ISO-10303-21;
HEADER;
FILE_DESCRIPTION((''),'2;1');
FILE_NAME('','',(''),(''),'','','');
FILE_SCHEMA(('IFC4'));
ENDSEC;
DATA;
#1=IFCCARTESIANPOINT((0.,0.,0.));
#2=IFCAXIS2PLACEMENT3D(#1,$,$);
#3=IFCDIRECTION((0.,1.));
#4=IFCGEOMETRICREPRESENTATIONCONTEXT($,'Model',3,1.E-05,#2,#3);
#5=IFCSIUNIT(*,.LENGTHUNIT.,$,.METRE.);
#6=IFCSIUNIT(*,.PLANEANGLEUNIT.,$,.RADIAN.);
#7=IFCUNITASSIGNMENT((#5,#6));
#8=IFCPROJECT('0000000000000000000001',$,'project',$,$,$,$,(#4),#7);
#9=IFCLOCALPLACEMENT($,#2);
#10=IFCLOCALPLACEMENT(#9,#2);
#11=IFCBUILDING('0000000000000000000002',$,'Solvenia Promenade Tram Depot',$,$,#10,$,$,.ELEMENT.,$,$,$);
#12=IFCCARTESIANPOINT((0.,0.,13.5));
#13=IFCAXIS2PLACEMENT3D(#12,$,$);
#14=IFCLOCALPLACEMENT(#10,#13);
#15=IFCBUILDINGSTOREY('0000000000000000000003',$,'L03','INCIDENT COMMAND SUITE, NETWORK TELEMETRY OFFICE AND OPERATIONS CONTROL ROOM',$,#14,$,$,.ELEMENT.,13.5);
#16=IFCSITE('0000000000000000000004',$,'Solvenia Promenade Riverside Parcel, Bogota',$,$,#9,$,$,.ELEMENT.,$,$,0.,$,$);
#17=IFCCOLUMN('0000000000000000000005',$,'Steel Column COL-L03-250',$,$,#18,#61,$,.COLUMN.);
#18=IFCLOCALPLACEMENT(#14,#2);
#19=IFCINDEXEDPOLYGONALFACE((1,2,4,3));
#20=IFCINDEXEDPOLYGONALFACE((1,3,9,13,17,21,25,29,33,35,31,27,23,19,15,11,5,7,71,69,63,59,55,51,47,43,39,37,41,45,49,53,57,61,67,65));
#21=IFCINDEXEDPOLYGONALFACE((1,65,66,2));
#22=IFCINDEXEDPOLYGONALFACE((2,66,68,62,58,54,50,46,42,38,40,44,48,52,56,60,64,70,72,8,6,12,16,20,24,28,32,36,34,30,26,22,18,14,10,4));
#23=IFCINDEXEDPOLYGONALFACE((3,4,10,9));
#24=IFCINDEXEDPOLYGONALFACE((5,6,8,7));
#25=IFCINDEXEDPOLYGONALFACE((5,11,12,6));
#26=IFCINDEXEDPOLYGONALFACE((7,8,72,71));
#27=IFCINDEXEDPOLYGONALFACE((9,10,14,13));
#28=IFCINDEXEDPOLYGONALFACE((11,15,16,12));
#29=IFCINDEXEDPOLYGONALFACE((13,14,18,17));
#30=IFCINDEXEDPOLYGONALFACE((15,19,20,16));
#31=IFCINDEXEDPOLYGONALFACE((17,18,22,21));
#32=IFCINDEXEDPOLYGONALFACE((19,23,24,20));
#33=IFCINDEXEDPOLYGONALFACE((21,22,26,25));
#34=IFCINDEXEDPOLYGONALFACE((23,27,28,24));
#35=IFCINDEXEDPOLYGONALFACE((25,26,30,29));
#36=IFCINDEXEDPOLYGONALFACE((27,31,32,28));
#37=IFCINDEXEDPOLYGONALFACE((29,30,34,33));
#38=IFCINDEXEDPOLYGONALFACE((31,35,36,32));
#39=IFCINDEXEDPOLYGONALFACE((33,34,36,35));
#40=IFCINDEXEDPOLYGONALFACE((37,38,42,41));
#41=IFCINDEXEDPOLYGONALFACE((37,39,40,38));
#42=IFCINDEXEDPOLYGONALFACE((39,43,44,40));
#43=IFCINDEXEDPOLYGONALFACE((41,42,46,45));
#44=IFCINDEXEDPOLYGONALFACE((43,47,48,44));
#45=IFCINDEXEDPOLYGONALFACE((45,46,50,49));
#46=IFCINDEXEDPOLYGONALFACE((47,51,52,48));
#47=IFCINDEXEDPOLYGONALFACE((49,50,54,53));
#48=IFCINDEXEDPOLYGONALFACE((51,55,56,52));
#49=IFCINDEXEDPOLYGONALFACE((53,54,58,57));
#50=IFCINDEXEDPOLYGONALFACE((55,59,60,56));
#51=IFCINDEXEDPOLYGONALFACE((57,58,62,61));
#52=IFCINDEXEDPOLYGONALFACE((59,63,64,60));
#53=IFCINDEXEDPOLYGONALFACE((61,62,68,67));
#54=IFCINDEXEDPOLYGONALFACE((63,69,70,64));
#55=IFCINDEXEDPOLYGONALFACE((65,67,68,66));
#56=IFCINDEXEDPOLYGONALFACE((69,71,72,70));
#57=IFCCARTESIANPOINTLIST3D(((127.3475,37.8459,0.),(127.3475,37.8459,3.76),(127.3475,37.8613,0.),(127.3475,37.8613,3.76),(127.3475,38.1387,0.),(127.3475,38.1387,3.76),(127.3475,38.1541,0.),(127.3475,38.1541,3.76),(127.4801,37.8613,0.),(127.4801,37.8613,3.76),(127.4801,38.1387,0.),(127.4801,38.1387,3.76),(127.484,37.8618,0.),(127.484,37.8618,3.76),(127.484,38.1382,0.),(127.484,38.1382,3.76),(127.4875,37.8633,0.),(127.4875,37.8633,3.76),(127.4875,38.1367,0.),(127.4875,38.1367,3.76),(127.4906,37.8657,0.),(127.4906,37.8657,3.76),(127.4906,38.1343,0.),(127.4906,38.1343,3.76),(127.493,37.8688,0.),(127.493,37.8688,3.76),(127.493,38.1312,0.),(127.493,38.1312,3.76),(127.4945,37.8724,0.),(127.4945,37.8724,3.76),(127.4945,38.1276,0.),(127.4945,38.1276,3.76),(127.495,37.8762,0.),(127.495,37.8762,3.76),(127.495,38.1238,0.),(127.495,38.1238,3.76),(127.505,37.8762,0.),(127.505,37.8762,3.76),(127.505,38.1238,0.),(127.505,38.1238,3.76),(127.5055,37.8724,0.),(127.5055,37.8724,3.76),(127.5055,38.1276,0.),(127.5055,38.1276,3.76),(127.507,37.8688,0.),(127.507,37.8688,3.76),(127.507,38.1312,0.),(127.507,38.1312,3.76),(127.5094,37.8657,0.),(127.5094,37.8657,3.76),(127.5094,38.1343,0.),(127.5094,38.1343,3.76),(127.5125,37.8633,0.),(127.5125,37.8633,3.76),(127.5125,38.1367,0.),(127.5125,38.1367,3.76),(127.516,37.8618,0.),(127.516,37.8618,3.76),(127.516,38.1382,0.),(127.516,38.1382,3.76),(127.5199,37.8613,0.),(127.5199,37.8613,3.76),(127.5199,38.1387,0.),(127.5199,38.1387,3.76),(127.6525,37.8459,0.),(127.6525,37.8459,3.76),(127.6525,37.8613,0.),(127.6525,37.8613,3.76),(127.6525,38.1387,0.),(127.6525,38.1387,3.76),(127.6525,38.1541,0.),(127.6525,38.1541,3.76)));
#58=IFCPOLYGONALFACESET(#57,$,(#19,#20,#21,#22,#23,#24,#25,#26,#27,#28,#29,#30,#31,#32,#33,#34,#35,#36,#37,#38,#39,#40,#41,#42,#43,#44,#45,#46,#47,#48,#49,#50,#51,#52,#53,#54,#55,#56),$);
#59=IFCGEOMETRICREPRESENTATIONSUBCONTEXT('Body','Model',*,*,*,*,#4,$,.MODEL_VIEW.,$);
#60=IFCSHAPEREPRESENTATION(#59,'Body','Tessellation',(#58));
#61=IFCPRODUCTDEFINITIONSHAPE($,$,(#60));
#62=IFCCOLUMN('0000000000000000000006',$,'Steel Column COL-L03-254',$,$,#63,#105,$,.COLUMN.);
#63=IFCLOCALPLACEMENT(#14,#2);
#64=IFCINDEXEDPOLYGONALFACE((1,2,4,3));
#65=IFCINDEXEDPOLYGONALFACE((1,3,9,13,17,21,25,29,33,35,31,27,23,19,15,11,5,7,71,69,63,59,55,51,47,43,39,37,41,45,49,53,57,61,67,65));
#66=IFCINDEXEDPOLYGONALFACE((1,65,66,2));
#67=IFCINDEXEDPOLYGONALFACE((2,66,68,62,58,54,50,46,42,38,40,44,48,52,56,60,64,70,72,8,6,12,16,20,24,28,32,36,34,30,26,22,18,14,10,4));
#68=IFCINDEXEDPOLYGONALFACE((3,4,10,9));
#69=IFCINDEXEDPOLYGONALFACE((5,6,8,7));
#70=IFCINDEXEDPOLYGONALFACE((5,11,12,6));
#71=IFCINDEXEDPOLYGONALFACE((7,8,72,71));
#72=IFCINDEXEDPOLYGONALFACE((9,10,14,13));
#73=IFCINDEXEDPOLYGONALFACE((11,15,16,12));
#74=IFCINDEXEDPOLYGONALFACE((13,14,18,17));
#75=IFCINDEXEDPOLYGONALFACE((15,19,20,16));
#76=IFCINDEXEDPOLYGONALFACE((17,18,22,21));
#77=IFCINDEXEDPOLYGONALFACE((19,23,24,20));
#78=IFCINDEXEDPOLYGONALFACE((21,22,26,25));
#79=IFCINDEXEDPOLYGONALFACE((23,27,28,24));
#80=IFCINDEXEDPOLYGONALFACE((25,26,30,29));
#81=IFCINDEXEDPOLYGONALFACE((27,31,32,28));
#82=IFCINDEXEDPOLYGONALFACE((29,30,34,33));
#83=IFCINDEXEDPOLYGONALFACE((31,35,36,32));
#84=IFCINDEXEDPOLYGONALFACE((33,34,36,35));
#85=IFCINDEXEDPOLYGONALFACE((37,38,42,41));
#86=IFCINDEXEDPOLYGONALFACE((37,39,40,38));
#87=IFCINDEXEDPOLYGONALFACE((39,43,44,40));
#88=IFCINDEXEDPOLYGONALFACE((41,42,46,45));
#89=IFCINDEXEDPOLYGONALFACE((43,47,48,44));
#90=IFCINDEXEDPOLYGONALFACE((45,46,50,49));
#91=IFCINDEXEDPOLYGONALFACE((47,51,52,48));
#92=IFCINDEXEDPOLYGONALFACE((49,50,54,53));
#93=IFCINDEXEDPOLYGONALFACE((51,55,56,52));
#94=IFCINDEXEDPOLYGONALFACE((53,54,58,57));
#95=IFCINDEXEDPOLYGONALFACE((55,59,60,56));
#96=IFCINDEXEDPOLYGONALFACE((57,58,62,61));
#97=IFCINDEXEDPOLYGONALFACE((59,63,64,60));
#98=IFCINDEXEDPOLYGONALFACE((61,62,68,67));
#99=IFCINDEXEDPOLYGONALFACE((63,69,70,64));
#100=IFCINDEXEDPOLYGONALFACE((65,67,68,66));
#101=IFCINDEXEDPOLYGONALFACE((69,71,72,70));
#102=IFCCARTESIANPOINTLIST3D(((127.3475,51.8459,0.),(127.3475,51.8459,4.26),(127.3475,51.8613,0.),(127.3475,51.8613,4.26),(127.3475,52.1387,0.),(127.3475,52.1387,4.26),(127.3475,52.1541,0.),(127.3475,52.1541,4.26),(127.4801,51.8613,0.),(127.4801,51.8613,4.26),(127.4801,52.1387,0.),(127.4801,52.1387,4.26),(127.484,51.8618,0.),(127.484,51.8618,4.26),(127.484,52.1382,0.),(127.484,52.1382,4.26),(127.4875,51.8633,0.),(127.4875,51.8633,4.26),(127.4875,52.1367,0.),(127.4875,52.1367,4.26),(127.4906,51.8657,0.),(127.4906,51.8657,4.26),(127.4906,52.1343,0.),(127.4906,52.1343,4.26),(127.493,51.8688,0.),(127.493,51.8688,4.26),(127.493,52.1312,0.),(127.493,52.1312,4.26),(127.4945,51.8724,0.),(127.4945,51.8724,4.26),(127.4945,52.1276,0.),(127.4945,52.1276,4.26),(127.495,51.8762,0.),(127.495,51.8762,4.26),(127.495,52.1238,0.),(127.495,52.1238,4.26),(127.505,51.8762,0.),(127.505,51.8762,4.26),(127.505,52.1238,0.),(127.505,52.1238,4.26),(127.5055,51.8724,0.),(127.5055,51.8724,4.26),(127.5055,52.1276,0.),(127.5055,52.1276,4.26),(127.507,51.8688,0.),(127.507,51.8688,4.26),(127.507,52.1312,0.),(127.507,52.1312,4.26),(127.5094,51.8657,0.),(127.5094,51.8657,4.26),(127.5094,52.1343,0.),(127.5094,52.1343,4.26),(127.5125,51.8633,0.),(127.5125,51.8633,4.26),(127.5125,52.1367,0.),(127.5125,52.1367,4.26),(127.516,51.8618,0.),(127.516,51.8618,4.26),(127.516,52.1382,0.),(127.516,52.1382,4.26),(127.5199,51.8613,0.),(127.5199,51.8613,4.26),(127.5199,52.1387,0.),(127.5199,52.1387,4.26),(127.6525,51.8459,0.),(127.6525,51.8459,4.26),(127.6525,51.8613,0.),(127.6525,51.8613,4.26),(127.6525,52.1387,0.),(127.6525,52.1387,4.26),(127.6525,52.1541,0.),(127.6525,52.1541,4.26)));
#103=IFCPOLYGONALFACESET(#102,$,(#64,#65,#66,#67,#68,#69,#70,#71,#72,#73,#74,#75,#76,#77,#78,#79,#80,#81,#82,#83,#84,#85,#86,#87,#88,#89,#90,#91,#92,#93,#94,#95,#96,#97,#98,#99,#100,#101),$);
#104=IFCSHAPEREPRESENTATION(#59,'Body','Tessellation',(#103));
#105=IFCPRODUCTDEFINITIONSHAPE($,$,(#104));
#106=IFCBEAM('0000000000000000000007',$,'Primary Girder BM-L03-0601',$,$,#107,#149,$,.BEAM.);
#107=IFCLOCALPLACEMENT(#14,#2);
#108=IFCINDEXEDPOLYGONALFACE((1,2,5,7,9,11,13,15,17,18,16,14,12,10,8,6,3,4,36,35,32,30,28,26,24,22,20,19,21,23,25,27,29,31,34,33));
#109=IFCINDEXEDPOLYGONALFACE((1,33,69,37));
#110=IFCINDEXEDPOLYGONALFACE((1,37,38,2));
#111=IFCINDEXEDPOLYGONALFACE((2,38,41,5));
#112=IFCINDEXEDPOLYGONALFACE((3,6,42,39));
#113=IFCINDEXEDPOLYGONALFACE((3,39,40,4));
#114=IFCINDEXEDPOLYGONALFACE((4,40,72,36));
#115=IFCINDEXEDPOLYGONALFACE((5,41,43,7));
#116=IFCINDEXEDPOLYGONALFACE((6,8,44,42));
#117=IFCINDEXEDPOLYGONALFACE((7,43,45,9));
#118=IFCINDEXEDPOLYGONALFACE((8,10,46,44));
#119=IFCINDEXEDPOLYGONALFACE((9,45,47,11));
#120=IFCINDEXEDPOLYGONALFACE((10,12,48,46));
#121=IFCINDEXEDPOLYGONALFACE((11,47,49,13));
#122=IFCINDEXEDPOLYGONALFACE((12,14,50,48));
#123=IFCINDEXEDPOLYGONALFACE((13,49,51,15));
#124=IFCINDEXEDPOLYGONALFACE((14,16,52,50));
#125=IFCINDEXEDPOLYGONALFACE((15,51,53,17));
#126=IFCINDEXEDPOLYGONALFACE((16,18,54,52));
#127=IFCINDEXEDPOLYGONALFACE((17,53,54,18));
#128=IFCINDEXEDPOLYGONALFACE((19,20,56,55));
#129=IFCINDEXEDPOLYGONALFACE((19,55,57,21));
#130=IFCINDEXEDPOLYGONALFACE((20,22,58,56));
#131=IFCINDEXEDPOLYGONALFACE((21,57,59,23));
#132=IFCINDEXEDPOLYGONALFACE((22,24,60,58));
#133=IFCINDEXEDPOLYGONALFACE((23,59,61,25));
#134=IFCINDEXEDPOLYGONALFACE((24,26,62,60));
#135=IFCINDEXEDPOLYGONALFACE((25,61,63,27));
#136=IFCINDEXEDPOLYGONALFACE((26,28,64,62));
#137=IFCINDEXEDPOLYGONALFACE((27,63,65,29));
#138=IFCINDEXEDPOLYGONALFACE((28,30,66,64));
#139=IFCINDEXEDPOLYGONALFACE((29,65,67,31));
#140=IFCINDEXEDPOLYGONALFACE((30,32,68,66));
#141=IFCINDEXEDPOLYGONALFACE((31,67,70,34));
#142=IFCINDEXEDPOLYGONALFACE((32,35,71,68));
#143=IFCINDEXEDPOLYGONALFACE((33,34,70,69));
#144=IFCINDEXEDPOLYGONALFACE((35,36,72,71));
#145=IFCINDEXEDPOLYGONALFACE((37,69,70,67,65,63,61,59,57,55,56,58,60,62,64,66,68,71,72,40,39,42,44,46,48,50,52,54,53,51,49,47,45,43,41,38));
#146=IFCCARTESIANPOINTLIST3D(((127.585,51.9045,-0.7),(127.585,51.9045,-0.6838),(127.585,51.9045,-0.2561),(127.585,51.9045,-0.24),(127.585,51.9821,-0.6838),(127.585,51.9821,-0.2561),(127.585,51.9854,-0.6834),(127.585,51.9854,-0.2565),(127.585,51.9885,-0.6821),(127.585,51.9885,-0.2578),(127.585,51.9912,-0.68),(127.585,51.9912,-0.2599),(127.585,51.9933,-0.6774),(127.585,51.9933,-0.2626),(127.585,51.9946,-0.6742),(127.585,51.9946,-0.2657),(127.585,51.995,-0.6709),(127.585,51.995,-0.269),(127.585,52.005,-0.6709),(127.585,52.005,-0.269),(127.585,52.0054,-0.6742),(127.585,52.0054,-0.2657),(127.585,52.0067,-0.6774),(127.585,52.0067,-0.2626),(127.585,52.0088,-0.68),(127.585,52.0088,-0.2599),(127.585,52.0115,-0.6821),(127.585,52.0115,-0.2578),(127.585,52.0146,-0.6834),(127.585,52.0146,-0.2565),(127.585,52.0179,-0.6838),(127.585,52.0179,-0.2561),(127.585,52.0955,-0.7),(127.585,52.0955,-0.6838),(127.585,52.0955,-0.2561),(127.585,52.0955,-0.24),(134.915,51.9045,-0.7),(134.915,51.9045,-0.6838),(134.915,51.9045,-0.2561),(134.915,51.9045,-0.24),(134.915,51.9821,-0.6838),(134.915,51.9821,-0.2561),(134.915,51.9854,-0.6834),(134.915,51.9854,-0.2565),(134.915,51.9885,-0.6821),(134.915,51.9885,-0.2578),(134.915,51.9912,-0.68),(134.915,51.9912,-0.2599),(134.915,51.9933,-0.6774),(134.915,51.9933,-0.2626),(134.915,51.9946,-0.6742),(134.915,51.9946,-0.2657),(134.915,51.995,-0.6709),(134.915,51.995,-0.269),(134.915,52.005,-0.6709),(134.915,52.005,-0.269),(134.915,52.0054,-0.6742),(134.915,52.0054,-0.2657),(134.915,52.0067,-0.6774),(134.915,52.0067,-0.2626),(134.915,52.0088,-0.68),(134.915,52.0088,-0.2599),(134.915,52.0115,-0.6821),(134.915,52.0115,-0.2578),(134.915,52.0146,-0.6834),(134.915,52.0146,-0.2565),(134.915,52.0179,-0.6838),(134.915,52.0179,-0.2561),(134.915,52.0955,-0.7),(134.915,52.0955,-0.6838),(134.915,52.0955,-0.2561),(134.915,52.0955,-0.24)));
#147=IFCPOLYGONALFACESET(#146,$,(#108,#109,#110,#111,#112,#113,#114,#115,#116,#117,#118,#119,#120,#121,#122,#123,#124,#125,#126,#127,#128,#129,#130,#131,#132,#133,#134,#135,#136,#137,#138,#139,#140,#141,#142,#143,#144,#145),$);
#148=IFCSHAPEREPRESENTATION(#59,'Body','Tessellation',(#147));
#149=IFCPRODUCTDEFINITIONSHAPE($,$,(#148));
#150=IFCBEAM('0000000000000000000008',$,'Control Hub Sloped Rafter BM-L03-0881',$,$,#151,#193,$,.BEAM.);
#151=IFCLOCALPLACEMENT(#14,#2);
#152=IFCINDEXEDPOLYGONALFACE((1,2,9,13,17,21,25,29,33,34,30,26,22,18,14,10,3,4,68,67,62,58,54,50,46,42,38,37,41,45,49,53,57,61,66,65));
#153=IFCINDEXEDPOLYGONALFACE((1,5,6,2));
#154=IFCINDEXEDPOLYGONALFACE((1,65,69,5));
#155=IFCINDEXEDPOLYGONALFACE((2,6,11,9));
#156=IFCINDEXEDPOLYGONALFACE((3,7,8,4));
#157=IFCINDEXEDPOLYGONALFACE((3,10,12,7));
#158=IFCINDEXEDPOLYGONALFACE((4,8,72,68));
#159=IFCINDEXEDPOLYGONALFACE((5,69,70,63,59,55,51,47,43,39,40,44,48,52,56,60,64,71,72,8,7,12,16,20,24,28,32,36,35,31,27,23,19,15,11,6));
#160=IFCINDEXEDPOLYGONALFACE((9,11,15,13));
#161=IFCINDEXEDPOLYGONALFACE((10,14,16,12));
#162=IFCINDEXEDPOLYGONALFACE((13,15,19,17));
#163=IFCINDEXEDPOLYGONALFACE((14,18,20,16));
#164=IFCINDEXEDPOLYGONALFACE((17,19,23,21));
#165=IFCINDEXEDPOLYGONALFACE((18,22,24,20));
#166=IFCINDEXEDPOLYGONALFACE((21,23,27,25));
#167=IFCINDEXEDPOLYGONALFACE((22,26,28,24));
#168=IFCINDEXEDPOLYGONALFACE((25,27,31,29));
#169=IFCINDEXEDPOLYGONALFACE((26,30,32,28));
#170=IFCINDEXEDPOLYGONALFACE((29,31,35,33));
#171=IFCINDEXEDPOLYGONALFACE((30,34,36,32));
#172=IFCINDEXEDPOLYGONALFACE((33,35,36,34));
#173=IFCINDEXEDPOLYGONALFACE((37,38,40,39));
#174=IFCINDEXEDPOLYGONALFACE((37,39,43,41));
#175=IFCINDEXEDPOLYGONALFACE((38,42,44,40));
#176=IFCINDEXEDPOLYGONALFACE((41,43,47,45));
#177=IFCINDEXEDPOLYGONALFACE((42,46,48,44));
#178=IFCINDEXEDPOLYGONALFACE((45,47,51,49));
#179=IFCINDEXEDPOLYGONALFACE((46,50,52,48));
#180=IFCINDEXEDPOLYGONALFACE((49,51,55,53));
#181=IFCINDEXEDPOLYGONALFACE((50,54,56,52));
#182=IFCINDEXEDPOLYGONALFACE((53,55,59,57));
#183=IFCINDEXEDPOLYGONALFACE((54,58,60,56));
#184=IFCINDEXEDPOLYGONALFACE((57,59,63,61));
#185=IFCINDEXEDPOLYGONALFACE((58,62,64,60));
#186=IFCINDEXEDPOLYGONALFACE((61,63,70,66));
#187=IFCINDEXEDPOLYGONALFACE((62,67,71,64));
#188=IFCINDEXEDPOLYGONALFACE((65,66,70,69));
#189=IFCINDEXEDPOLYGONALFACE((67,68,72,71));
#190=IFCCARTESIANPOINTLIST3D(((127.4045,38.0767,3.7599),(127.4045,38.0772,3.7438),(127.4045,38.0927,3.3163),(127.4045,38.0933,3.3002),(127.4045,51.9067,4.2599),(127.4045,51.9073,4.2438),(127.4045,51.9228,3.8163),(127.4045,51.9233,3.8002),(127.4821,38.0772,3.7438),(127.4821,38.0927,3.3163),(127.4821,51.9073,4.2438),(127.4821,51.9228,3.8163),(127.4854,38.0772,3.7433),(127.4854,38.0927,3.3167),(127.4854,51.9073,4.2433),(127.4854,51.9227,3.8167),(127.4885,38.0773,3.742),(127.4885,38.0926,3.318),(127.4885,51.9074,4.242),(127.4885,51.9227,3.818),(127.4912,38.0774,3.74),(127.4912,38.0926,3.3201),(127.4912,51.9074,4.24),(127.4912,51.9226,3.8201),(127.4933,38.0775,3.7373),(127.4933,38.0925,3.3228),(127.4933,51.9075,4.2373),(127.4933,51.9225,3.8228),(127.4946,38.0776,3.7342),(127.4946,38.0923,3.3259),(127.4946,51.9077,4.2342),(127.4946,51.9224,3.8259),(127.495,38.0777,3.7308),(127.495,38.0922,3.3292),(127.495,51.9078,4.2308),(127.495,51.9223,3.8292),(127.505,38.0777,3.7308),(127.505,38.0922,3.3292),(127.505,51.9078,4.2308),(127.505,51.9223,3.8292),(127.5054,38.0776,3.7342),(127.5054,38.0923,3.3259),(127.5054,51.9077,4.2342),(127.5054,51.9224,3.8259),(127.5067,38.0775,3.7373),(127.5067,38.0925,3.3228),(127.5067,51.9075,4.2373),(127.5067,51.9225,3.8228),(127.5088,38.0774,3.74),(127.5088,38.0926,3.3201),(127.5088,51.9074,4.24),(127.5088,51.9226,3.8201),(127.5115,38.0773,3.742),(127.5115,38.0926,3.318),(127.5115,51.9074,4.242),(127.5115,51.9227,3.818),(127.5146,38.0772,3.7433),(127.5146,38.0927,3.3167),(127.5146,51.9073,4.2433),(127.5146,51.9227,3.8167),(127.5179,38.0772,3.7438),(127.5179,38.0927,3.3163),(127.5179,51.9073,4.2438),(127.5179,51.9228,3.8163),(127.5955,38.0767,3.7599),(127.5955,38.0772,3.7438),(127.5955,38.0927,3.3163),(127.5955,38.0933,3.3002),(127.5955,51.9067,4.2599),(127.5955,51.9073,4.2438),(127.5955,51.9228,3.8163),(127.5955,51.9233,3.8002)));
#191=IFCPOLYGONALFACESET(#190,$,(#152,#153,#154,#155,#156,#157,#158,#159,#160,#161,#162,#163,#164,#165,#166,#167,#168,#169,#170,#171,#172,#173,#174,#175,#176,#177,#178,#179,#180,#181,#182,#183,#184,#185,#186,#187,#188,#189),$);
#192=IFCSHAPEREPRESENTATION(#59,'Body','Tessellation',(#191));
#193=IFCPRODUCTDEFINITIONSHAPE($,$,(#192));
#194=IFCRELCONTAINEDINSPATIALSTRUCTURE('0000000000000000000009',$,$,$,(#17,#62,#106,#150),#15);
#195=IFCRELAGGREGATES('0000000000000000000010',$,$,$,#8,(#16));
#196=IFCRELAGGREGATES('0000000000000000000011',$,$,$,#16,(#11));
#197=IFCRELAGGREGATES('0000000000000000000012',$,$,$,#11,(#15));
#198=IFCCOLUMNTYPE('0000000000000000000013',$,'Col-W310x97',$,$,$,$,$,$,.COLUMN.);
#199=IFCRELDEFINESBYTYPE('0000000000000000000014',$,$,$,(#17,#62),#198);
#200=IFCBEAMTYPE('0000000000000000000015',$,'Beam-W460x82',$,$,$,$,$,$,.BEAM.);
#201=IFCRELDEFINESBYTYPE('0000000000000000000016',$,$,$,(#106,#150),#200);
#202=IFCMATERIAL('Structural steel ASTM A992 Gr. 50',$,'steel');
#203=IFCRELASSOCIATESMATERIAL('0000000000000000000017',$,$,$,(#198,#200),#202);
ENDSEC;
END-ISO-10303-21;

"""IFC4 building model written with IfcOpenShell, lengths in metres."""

from ifc_helpers import new_model, si_unit, direction, frame, origin, origin_2d, place, context, subcontext, project, spatial, i_section, extrude, material, material_profile, profile_set, type_object, element, save


model = new_model("IFC4")

# Units and contexts
model_context = context("Model", 3, precision=1e-05, world=origin(), true_north=direction((0.0, 1.0)))
body_context = subcontext(model_context, "Body", "Model", "MODEL_VIEW")
ifc_project = project(units=[si_unit("LENGTHUNIT", "METRE"), si_unit("PLANEANGLEUNIT", "RADIAN")], contexts=[model_context])

# Site, building, storey
site_placement = place(None, origin())
site = spatial("IfcSite", under=ifc_project, at=site_placement, Name="Solvenia Promenade Riverside Parcel, Bogota", CompositionType="ELEMENT", RefElevation=0.0)
building_placement = place(site_placement, origin())
building = spatial("IfcBuilding", under=site, at=building_placement, Name="Solvenia Promenade Tram Depot", CompositionType="ELEMENT")
storey_placement = place(building_placement, frame((0.0, 0.0, 13.5)))
storey = spatial("IfcBuildingStorey", under=building, at=storey_placement, Name="L03", Description="INCIDENT COMMAND SUITE, NETWORK TELEMETRY OFFICE AND OPERATIONS CONTROL ROOM", CompositionType="ELEMENT", Elevation=13.5)

# Columns
ifc_material_1 = material(Name="Structural steel ASTM A992 Gr. 50", Category="steel")
ifc_material_profile_1 = material_profile(ifc_material_1, i_section(OverallWidth=0.3049, OverallDepth=0.3081, WebThickness=0.01, FlangeThickness=0.0154, FilletRadius=0.0149, at=origin_2d()), Name="W310x97", Category="steel")
ifc_profile_set_1 = profile_set([ifc_material_profile_1], Name="Structural steel ASTM A992 Gr. 50")
column_type = type_object("IfcColumnType", Name="Col-W310x97", PredefinedType="COLUMN", material=ifc_profile_set_1)
column_1_placement = place(storey_placement, frame((127.5, 38.0, 0.0), z_axis=(0.0, 0.0, 1.0), x_axis=(1.0, 0.0, 0.0)))
element("IfcColumn", 1, at=column_1_placement, inside=storey, type_object=column_type, Name="Steel Column COL-L03-250", PredefinedType="COLUMN", context=body_context, shape_type="SweptSolid", body=[
    extrude(i_section(OverallWidth=0.3049, OverallDepth=0.3081, WebThickness=0.01, FlangeThickness=0.0154, FilletRadius=0.0149, at=origin_2d()), origin(), (0.0, 0.0, 1.0), 3.76),
])
column_2_placement = place(storey_placement, frame((127.5, 52.0, 0.0), z_axis=(0.0, 0.0, 1.0), x_axis=(1.0, 0.0, 0.0)))
element("IfcColumn", 2, at=column_2_placement, inside=storey, type_object=column_type, Name="Steel Column COL-L03-254", PredefinedType="COLUMN", context=body_context, shape_type="SweptSolid", body=[
    extrude(i_section(OverallWidth=0.3049, OverallDepth=0.3081, WebThickness=0.01, FlangeThickness=0.0154, FilletRadius=0.0149, at=origin_2d()), origin(), (0.0, 0.0, 1.0), 4.26),
])

# Beams
ifc_material_profile_2 = material_profile(ifc_material_1, i_section(OverallWidth=0.1909, OverallDepth=0.46, WebThickness=0.01, FlangeThickness=0.0161, FilletRadius=0.0129, at=origin_2d()), Name="W460x82", Category="steel")
ifc_profile_set_2 = profile_set([ifc_material_profile_2], Name="Structural steel ASTM A992 Gr. 50")
beam_type_1 = type_object("IfcBeamType", Name="Beam-W460x82", PredefinedType="BEAM", material=ifc_profile_set_2)
beam_1_placement = place(storey_placement, frame((127.585, 52.0, -0.47), z_axis=(1.0, 0.0, 0.0), x_axis=(0.0, 1.0, 0.0)))
element("IfcBeam", 3, at=beam_1_placement, inside=storey, type_object=beam_type_1, Name="Primary Girder BM-L03-0601", PredefinedType="BEAM", context=body_context, shape_type="SweptSolid", body=[
    extrude(i_section(OverallWidth=0.1909, OverallDepth=0.46, WebThickness=0.01, FlangeThickness=0.0161, FilletRadius=0.0129, at=origin_2d()), origin(), (0.0, 0.0, 1.0), 7.3301),
])
beam_2_placement = place(storey_placement, frame((127.5, 38.085, 3.53), z_axis=(0.0, 0.999347, 0.036129), x_axis=(-1.0, 0.0, 0.0)))
element("IfcBeam", 4, at=beam_2_placement, inside=storey, type_object=beam_type_1, Name="Control Hub Sloped Rafter BM-L03-0881", PredefinedType="BEAM", context=body_context, shape_type="SweptSolid", body=[
    extrude(i_section(OverallWidth=0.1909, OverallDepth=0.46, WebThickness=0.01, FlangeThickness=0.0161, FilletRadius=0.0129, at=origin_2d()), origin(), (0.0, 0.0, 1.0), 13.8391),
])

save(model, "model.ifc")
